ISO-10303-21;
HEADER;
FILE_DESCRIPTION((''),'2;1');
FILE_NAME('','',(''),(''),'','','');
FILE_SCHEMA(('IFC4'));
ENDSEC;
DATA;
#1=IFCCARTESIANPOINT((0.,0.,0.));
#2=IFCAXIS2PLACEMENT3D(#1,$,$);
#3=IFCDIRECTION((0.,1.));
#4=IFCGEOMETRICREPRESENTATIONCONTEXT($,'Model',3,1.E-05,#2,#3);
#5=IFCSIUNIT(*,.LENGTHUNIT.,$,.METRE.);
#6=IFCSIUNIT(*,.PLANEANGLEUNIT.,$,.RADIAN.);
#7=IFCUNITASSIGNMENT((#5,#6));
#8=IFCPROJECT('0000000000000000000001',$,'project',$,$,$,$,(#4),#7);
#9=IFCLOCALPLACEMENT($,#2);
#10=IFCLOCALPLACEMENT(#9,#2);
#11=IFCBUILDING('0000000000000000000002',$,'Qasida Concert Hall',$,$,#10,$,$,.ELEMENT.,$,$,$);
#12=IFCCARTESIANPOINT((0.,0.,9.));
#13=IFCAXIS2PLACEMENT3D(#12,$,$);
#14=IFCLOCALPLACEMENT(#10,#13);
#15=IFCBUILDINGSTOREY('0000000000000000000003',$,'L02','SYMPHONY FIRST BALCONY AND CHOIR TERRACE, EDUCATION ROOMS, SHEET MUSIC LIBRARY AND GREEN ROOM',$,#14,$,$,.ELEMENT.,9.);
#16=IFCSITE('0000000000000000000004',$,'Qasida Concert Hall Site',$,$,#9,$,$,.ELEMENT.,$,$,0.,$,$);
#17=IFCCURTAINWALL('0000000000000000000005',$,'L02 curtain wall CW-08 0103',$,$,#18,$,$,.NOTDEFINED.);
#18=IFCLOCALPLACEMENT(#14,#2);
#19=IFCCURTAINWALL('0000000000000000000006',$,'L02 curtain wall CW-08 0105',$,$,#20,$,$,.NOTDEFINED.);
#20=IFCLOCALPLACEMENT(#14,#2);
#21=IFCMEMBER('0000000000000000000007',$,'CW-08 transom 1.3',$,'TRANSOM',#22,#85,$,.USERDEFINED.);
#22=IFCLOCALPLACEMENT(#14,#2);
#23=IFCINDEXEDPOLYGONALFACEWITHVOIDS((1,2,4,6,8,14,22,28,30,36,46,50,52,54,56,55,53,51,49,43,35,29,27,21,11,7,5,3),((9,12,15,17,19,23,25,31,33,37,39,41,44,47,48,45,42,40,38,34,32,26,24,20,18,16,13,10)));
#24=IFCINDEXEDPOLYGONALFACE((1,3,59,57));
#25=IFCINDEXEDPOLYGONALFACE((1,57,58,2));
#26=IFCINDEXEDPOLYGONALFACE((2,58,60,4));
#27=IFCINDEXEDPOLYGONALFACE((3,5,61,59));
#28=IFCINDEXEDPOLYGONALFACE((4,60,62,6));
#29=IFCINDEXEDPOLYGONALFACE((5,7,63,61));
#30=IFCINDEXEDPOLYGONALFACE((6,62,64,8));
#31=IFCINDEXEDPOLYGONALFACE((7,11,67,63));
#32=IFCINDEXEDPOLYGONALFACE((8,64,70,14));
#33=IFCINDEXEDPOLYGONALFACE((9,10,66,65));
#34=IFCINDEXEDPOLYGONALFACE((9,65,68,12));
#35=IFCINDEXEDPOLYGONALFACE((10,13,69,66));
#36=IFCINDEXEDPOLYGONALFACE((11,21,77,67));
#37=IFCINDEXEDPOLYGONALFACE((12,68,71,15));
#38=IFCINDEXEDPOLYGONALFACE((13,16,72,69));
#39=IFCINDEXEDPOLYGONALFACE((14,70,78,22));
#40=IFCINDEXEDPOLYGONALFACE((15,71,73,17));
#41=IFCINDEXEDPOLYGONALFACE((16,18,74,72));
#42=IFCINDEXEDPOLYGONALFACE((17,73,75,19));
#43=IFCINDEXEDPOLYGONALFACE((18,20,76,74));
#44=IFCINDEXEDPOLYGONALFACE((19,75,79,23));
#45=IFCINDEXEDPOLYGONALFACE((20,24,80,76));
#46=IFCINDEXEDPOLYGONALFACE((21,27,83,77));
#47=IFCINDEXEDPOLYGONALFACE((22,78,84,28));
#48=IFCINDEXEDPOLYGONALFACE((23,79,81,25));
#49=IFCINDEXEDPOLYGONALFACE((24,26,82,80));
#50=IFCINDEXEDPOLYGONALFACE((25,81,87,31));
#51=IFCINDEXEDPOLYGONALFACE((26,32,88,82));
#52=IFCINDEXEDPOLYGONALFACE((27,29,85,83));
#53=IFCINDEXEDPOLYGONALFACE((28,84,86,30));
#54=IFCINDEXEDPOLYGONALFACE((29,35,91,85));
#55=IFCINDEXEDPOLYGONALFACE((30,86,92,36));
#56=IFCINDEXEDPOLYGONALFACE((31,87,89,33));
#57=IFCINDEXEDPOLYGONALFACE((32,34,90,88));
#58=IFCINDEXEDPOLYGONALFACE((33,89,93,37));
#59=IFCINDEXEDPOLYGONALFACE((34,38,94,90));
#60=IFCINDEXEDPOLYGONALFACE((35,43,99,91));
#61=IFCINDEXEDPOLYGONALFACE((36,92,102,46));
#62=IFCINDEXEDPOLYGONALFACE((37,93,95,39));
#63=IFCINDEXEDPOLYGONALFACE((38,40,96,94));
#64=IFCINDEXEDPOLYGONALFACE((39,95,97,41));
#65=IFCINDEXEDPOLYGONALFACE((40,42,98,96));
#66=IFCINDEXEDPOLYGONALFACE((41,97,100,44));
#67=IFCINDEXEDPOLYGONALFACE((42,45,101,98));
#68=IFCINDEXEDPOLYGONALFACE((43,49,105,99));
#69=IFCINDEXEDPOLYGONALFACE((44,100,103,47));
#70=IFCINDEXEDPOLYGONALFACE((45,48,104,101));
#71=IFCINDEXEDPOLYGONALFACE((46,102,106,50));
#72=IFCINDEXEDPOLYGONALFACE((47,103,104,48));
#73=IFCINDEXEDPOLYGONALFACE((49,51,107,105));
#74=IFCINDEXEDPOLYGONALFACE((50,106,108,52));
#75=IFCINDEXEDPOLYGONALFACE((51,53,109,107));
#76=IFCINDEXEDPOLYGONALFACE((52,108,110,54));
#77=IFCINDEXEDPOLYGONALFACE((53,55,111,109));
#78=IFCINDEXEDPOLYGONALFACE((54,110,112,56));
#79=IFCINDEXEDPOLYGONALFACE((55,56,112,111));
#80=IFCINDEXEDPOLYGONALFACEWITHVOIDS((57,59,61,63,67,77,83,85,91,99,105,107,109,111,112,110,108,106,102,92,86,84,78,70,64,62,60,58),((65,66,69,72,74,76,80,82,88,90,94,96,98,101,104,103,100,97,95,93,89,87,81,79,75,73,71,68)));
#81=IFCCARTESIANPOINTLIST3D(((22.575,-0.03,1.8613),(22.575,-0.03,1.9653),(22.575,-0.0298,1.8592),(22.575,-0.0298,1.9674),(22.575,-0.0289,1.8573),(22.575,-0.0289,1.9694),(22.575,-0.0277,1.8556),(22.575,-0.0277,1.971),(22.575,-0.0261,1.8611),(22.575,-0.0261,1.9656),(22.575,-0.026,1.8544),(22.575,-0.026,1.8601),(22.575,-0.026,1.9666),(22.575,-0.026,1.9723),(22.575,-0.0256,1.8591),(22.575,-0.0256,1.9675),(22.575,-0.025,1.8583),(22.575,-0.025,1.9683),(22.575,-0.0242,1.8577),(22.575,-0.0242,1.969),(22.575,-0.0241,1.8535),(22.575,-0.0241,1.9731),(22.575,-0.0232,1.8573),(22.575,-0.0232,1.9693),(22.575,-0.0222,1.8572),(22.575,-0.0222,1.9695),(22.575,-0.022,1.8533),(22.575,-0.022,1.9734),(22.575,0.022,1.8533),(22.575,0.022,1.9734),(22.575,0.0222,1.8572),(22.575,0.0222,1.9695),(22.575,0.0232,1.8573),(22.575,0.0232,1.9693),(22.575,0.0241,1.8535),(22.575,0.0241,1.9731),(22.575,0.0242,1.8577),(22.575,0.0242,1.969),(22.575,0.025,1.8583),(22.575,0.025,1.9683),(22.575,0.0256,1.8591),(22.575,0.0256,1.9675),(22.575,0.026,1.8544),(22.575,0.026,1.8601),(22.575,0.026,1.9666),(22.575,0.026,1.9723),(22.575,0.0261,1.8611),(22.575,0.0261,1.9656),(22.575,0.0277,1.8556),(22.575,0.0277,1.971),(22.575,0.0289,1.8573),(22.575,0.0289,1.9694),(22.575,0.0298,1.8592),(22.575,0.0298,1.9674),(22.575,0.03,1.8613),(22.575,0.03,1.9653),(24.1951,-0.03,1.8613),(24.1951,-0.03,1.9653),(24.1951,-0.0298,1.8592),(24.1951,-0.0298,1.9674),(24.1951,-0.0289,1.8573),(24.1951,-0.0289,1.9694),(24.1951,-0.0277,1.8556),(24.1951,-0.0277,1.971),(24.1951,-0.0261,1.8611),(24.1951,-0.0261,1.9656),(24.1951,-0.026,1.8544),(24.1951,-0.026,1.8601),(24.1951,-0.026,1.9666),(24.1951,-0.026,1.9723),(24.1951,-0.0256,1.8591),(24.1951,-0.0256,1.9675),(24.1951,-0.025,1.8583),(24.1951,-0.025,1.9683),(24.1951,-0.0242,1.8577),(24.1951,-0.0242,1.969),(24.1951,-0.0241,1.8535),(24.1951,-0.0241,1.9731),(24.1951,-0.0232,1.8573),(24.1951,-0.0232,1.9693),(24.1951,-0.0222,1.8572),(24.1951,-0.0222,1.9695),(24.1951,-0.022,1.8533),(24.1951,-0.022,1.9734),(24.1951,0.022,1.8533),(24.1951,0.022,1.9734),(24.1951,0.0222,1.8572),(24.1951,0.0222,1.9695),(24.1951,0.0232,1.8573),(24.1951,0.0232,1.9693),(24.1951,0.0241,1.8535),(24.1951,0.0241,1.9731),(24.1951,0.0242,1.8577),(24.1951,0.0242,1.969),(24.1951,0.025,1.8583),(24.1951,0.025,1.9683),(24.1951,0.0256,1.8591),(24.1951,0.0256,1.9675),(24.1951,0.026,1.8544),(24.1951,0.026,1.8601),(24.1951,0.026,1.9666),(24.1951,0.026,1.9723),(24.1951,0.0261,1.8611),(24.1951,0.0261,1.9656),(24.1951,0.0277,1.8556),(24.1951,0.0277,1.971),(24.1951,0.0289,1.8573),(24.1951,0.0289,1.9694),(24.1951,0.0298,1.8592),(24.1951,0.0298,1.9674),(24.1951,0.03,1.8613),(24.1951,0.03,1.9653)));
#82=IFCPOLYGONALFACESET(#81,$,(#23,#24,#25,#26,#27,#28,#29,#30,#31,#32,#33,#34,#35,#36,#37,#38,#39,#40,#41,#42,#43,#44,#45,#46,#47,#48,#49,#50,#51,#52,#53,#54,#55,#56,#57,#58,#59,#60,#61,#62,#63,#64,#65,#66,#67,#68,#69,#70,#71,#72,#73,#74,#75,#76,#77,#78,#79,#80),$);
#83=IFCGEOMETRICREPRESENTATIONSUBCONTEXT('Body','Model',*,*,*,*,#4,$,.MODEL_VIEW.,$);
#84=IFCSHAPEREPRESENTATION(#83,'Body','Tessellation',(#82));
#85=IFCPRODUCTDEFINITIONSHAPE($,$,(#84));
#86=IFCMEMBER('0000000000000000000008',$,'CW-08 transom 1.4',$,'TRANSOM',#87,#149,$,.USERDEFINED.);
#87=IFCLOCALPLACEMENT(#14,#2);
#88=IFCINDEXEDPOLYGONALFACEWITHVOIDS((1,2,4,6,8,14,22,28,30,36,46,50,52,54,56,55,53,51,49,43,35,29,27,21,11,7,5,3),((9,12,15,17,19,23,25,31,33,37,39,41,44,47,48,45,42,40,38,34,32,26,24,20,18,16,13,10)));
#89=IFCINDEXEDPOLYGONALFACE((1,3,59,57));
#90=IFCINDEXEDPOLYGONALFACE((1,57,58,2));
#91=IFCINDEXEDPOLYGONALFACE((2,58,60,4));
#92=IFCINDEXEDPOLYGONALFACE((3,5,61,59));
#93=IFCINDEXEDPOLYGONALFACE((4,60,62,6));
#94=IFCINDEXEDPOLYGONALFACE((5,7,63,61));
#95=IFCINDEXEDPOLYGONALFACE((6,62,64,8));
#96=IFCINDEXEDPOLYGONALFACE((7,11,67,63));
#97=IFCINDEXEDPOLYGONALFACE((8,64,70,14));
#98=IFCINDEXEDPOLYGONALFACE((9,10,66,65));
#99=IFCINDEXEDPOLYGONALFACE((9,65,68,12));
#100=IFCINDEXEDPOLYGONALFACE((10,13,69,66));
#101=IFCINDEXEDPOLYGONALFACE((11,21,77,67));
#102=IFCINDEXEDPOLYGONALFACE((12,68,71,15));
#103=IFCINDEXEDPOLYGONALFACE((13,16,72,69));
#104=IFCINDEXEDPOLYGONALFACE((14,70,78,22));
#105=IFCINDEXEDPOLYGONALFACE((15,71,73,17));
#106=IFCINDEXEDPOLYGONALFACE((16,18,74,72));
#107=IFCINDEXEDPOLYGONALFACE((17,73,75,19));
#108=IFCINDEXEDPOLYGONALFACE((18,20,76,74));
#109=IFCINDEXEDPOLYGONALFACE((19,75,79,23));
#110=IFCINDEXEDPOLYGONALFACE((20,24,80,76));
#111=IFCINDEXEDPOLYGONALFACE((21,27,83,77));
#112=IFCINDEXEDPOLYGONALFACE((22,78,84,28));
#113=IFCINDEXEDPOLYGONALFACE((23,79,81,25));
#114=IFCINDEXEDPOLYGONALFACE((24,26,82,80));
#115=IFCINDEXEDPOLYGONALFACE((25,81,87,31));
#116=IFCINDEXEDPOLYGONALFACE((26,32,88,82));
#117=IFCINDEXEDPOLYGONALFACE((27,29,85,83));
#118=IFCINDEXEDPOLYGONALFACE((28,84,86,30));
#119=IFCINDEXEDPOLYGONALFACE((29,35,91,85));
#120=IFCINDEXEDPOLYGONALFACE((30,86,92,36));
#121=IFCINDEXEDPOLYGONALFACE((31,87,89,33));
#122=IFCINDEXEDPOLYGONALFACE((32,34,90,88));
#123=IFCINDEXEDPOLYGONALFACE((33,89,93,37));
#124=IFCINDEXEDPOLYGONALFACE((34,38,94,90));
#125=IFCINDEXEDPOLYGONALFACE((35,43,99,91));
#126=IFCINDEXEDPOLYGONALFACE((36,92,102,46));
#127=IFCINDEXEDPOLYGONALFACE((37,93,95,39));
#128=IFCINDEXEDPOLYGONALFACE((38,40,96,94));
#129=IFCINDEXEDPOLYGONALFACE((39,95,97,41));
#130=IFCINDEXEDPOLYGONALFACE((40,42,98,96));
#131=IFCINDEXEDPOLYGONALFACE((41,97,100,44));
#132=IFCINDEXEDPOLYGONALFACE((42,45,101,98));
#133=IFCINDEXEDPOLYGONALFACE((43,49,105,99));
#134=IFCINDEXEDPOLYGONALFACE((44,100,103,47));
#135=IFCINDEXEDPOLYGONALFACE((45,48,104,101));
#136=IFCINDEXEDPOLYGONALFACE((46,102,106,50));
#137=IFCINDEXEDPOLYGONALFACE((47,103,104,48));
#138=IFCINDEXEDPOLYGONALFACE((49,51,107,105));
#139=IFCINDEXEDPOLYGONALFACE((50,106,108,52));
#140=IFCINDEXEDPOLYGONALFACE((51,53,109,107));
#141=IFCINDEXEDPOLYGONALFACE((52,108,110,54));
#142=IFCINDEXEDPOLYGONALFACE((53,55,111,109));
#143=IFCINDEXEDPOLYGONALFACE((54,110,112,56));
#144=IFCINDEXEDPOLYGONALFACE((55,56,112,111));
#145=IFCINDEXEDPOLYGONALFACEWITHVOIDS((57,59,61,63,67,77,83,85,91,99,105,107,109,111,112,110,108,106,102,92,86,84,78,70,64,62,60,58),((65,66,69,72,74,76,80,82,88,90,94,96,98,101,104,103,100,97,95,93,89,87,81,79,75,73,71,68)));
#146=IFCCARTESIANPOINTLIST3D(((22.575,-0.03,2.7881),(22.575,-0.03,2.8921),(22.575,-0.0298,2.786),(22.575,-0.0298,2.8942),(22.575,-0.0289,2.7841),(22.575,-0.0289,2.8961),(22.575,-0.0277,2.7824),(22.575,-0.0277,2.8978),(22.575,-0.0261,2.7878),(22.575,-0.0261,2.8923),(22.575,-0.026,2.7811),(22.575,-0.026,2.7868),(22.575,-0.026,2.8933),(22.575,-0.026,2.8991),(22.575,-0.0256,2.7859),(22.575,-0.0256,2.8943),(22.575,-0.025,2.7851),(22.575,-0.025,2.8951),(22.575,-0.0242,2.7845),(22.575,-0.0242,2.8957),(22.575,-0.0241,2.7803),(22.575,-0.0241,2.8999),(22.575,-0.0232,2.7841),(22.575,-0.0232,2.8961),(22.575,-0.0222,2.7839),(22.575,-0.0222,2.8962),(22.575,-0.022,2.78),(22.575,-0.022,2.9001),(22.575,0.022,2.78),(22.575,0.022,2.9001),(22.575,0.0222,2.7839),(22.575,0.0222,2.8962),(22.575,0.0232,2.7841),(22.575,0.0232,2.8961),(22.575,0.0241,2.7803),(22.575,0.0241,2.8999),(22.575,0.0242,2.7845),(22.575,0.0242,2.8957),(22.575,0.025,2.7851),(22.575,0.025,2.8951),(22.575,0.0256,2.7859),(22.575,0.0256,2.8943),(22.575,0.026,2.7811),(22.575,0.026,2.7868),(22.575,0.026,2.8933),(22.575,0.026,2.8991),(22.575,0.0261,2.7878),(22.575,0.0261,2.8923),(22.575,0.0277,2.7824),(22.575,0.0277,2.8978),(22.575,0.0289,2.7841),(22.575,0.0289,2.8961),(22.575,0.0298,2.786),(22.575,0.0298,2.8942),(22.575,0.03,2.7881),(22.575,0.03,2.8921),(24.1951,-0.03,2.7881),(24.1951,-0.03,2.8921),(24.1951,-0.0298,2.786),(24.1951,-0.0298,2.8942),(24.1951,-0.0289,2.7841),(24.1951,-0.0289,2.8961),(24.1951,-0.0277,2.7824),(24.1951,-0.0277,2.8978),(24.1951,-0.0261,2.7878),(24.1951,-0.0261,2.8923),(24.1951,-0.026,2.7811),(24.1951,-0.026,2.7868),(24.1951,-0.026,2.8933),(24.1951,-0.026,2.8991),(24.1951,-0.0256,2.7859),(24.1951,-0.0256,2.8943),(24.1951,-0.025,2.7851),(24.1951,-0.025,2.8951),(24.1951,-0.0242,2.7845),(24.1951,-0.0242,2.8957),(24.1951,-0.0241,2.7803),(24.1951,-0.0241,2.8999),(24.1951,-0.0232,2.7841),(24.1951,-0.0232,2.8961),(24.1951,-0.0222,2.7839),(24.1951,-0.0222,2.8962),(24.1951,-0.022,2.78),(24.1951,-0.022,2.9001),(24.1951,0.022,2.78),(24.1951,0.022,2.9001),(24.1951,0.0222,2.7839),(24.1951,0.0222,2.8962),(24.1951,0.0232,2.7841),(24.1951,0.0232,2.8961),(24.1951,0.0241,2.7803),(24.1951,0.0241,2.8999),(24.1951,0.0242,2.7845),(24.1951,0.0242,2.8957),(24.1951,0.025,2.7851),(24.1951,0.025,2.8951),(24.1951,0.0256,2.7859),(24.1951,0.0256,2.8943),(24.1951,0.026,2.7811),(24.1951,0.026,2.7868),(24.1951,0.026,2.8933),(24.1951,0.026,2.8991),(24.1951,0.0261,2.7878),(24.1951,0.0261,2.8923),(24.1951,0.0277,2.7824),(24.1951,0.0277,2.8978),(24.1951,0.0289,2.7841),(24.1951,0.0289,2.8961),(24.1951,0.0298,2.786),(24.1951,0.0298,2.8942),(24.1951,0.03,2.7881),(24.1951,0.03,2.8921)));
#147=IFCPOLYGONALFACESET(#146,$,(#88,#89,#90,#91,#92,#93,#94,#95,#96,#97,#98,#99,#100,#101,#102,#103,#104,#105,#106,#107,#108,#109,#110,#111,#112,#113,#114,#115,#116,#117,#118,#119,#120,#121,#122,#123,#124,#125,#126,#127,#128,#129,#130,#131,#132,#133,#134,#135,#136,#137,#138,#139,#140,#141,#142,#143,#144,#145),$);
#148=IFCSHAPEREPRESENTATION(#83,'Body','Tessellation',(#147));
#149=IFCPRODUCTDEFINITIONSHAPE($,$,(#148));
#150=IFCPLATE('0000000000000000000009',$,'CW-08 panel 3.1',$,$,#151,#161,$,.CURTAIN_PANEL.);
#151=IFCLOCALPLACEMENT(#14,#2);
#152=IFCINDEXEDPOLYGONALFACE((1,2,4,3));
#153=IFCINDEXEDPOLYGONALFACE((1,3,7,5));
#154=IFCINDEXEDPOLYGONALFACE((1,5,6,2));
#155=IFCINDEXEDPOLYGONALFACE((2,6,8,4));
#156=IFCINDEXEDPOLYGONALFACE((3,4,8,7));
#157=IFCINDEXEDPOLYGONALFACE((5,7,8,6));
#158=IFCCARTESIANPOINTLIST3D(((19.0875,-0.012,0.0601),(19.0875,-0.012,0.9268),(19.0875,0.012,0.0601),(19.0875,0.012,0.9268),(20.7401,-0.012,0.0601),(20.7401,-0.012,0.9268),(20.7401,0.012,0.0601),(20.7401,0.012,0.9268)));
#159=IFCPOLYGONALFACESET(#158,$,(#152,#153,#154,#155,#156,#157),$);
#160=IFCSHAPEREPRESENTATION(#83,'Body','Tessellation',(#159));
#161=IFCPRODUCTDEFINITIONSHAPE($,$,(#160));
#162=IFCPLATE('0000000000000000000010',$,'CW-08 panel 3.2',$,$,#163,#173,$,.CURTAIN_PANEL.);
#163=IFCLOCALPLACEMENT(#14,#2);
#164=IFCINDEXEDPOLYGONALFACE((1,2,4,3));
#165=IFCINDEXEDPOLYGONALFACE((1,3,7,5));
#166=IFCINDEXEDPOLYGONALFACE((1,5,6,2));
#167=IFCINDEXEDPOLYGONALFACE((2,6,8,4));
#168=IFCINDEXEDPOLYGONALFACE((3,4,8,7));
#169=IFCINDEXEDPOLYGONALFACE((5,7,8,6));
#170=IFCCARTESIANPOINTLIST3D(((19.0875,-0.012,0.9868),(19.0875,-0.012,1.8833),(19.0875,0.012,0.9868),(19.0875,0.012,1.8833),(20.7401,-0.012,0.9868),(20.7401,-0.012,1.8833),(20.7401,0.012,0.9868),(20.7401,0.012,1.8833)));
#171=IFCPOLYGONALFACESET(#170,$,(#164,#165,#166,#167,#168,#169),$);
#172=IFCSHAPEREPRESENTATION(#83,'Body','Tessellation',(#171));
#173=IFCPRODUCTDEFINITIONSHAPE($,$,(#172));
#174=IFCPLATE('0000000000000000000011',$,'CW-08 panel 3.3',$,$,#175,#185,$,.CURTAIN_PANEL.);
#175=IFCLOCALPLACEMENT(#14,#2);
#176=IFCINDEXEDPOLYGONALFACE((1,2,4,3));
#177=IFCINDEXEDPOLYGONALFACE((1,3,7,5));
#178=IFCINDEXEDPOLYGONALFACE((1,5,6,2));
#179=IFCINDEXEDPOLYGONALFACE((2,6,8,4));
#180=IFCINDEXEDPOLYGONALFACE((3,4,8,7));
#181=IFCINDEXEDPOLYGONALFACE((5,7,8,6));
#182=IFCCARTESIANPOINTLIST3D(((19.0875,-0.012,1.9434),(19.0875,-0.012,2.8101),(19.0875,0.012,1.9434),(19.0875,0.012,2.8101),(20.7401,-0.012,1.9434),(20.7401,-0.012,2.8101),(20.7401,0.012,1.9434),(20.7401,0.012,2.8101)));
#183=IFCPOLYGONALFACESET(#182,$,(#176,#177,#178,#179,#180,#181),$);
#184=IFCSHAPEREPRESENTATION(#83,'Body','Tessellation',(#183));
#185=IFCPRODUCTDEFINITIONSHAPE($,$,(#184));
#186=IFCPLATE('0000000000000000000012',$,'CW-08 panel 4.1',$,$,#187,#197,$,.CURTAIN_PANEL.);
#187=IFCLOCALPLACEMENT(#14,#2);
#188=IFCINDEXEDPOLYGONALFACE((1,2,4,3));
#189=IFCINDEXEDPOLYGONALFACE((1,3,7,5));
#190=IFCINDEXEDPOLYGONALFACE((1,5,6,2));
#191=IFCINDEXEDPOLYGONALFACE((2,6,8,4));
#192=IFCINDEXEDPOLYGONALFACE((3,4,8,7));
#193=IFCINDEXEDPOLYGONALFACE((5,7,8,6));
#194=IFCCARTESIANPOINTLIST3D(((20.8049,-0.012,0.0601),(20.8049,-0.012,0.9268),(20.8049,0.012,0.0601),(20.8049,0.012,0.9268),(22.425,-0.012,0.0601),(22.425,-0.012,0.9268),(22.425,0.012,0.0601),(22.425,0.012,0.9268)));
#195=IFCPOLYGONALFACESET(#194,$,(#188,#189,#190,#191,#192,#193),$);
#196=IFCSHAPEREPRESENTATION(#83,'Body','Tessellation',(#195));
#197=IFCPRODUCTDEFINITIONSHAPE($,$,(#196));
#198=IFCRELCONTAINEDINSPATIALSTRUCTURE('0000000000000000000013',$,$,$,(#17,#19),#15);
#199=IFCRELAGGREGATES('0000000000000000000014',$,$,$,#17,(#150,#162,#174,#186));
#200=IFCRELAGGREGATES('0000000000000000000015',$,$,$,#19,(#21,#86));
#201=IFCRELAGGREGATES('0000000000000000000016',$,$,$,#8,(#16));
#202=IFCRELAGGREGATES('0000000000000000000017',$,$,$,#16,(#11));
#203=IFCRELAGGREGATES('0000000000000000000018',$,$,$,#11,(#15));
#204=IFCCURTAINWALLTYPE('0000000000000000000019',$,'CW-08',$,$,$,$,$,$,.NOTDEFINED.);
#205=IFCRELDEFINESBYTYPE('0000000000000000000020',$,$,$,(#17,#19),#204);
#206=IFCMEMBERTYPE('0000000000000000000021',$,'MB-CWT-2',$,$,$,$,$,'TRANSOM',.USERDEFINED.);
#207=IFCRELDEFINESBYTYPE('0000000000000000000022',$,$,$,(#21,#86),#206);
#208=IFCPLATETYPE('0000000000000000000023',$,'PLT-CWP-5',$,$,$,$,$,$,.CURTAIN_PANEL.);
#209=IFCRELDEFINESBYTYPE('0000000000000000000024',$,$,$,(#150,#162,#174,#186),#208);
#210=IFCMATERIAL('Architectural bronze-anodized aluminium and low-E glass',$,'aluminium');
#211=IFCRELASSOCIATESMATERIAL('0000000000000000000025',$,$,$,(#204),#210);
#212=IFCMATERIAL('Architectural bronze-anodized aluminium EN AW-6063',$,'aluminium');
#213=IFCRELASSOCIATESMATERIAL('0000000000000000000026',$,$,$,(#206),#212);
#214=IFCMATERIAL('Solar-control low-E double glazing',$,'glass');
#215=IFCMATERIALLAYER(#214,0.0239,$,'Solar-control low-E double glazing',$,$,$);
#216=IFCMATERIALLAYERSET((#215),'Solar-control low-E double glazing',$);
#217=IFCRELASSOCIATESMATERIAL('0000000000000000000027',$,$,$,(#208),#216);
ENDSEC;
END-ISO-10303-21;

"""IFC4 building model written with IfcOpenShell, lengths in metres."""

from ifc_helpers import new_model, si_unit, direction, frame, origin, origin_2d, place, context, subcontext, project, spatial, rectangle, hollow_rectangle, extrude, material, layer, layer_set, material_profile, profile_set, type_object, element, aggregate, save


model = new_model("IFC4")

# Units and contexts
model_context = context("Model", 3, precision=1e-05, world=origin(), true_north=direction((0.0, 1.0)))
body_context = subcontext(model_context, "Body", "Model", "MODEL_VIEW")
ifc_project = project(units=[si_unit("LENGTHUNIT", "METRE"), si_unit("PLANEANGLEUNIT", "RADIAN")], contexts=[model_context])

# Site, building, storey
site_placement = place(None, origin())
site = spatial("IfcSite", under=ifc_project, at=site_placement, Name="Qasida Concert Hall Site", CompositionType="ELEMENT", RefElevation=0.0)
building_placement = place(site_placement, origin())
building = spatial("IfcBuilding", under=site, at=building_placement, Name="Qasida Concert Hall", CompositionType="ELEMENT")
storey_placement = place(building_placement, frame((0.0, 0.0, 9.0)))
storey = spatial("IfcBuildingStorey", under=building, at=storey_placement, Name="L02", Description="SYMPHONY FIRST BALCONY AND CHOIR TERRACE, EDUCATION ROOMS, SHEET MUSIC LIBRARY AND GREEN ROOM", CompositionType="ELEMENT", Elevation=9.0)

# Curtain walls
ifc_material_1 = material(Name="Architectural bronze-anodized aluminium and low-E glass", Category="aluminium")
curtain_wall_type = type_object("IfcCurtainWallType", Name="CW-08", PredefinedType="NOTDEFINED", material=ifc_material_1)
curtain_wall_1_placement = place(storey_placement, origin())
curtain_wall_1 = element("IfcCurtainWall", 1, at=curtain_wall_1_placement, inside=storey, type_object=curtain_wall_type, Name="L02 curtain wall CW-08 0103", PredefinedType="NOTDEFINED")
ifc_material_2 = material(Name="Architectural bronze-anodized aluminium EN AW-6063", Category="aluminium")
curtain_wall_2_placement = place(storey_placement, origin())
curtain_wall_2 = element("IfcCurtainWall", 2, at=curtain_wall_2_placement, inside=storey, type_object=curtain_wall_type, Name="L02 curtain wall CW-08 0105", PredefinedType="NOTDEFINED")

# Members
ifc_material_profile_1 = material_profile(ifc_material_2, hollow_rectangle(XDim=0.0601, YDim=0.1201, WallThickness=0.0039, InnerFilletRadius=0.0039, OuterFilletRadius=0.0081, at=origin_2d()), Name="CWT 120x60x4")
ifc_profile_set_1 = profile_set([ifc_material_profile_1], Name="Architectural bronze-anodized aluminium EN AW-6063")
member_type_1 = type_object("IfcMemberType", Name="MB-CWT-2", ElementType="TRANSOM", PredefinedType="USERDEFINED", material=ifc_profile_set_1)
member_1_placement = place(storey_placement, frame((22.575, 0.0, 1.9133), z_axis=(1.0, 0.0, 0.0), x_axis=(0.0, 1.0, 0.0)))
member_1 = element("IfcMember", 3, at=member_1_placement, type_object=member_type_1, Name="CW-08 transom 1.3", ObjectType="TRANSOM", PredefinedType="USERDEFINED", context=body_context, shape_type="SweptSolid", body=[
    extrude(hollow_rectangle(XDim=0.0601, YDim=0.1201, WallThickness=0.0039, InnerFilletRadius=0.0039, OuterFilletRadius=0.0081, at=origin_2d()), origin(), (0.0, 0.0, 1.0), 1.6201),
])
member_2_placement = place(storey_placement, frame((22.575, 0.0, 2.8401), z_axis=(1.0, 0.0, 0.0), x_axis=(0.0, 1.0, 0.0)))
member_2 = element("IfcMember", 4, at=member_2_placement, type_object=member_type_1, Name="CW-08 transom 1.4", ObjectType="TRANSOM", PredefinedType="USERDEFINED", context=body_context, shape_type="SweptSolid", body=[
    extrude(hollow_rectangle(XDim=0.0601, YDim=0.1201, WallThickness=0.0039, InnerFilletRadius=0.0039, OuterFilletRadius=0.0081, at=origin_2d()), origin(), (0.0, 0.0, 1.0), 1.6201),
])

# Plates
ifc_material_3 = material(Name="Solar-control low-E double glazing", Category="glass")
ifc_layer_1 = layer(ifc_material_3, 0.0239, Name="Solar-control low-E double glazing")
ifc_layer_set_1 = layer_set([ifc_layer_1], Name="Solar-control low-E double glazing")
plate_type = type_object("IfcPlateType", Name="PLT-CWP-5", PredefinedType="CURTAIN_PANEL", material=ifc_layer_set_1)
plate_1_placement = place(storey_placement, frame((19.9138, 0.0, 0.0601), z_axis=(0.0, 0.0, 1.0), x_axis=(1.0, 0.0, 0.0)))
plate_1 = element("IfcPlate", 5, at=plate_1_placement, type_object=plate_type, Name="CW-08 panel 3.1", PredefinedType="CURTAIN_PANEL", context=body_context, shape_type="SweptSolid", body=[
    extrude(rectangle(XDim=1.6526, YDim=0.0239, at=origin_2d()), origin(), (0.0, 0.0, 1.0), 0.8667),
])
plate_2_placement = place(storey_placement, frame((19.9138, 0.0, 0.9868), z_axis=(0.0, 0.0, 1.0), x_axis=(1.0, 0.0, 0.0)))
plate_2 = element("IfcPlate", 6, at=plate_2_placement, type_object=plate_type, Name="CW-08 panel 3.2", PredefinedType="CURTAIN_PANEL", context=body_context, shape_type="SweptSolid", body=[
    extrude(rectangle(XDim=1.6526, YDim=0.0239, at=origin_2d()), origin(), (0.0, 0.0, 1.0), 0.8965),
])
plate_3_placement = place(storey_placement, frame((19.9138, 0.0, 1.9434), z_axis=(0.0, 0.0, 1.0), x_axis=(1.0, 0.0, 0.0)))
plate_3 = element("IfcPlate", 7, at=plate_3_placement, type_object=plate_type, Name="CW-08 panel 3.3", PredefinedType="CURTAIN_PANEL", context=body_context, shape_type="SweptSolid", body=[
    extrude(rectangle(XDim=1.6526, YDim=0.0239, at=origin_2d()), origin(), (0.0, 0.0, 1.0), 0.8667),
])
plate_4_placement = place(storey_placement, frame((21.615, 0.0, 0.0601), z_axis=(0.0, 0.0, 1.0), x_axis=(1.0, 0.0, 0.0)))
plate_4 = element("IfcPlate", 8, at=plate_4_placement, type_object=plate_type, Name="CW-08 panel 4.1", PredefinedType="CURTAIN_PANEL", context=body_context, shape_type="SweptSolid", body=[
    extrude(rectangle(XDim=1.6201, YDim=0.0239, at=origin_2d()), origin(), (0.0, 0.0, 1.0), 0.8667),
])
aggregate(curtain_wall_1, [plate_1, plate_2, plate_3, plate_4])
aggregate(curtain_wall_2, [member_1, member_2])

save(model, "model.ifc")
